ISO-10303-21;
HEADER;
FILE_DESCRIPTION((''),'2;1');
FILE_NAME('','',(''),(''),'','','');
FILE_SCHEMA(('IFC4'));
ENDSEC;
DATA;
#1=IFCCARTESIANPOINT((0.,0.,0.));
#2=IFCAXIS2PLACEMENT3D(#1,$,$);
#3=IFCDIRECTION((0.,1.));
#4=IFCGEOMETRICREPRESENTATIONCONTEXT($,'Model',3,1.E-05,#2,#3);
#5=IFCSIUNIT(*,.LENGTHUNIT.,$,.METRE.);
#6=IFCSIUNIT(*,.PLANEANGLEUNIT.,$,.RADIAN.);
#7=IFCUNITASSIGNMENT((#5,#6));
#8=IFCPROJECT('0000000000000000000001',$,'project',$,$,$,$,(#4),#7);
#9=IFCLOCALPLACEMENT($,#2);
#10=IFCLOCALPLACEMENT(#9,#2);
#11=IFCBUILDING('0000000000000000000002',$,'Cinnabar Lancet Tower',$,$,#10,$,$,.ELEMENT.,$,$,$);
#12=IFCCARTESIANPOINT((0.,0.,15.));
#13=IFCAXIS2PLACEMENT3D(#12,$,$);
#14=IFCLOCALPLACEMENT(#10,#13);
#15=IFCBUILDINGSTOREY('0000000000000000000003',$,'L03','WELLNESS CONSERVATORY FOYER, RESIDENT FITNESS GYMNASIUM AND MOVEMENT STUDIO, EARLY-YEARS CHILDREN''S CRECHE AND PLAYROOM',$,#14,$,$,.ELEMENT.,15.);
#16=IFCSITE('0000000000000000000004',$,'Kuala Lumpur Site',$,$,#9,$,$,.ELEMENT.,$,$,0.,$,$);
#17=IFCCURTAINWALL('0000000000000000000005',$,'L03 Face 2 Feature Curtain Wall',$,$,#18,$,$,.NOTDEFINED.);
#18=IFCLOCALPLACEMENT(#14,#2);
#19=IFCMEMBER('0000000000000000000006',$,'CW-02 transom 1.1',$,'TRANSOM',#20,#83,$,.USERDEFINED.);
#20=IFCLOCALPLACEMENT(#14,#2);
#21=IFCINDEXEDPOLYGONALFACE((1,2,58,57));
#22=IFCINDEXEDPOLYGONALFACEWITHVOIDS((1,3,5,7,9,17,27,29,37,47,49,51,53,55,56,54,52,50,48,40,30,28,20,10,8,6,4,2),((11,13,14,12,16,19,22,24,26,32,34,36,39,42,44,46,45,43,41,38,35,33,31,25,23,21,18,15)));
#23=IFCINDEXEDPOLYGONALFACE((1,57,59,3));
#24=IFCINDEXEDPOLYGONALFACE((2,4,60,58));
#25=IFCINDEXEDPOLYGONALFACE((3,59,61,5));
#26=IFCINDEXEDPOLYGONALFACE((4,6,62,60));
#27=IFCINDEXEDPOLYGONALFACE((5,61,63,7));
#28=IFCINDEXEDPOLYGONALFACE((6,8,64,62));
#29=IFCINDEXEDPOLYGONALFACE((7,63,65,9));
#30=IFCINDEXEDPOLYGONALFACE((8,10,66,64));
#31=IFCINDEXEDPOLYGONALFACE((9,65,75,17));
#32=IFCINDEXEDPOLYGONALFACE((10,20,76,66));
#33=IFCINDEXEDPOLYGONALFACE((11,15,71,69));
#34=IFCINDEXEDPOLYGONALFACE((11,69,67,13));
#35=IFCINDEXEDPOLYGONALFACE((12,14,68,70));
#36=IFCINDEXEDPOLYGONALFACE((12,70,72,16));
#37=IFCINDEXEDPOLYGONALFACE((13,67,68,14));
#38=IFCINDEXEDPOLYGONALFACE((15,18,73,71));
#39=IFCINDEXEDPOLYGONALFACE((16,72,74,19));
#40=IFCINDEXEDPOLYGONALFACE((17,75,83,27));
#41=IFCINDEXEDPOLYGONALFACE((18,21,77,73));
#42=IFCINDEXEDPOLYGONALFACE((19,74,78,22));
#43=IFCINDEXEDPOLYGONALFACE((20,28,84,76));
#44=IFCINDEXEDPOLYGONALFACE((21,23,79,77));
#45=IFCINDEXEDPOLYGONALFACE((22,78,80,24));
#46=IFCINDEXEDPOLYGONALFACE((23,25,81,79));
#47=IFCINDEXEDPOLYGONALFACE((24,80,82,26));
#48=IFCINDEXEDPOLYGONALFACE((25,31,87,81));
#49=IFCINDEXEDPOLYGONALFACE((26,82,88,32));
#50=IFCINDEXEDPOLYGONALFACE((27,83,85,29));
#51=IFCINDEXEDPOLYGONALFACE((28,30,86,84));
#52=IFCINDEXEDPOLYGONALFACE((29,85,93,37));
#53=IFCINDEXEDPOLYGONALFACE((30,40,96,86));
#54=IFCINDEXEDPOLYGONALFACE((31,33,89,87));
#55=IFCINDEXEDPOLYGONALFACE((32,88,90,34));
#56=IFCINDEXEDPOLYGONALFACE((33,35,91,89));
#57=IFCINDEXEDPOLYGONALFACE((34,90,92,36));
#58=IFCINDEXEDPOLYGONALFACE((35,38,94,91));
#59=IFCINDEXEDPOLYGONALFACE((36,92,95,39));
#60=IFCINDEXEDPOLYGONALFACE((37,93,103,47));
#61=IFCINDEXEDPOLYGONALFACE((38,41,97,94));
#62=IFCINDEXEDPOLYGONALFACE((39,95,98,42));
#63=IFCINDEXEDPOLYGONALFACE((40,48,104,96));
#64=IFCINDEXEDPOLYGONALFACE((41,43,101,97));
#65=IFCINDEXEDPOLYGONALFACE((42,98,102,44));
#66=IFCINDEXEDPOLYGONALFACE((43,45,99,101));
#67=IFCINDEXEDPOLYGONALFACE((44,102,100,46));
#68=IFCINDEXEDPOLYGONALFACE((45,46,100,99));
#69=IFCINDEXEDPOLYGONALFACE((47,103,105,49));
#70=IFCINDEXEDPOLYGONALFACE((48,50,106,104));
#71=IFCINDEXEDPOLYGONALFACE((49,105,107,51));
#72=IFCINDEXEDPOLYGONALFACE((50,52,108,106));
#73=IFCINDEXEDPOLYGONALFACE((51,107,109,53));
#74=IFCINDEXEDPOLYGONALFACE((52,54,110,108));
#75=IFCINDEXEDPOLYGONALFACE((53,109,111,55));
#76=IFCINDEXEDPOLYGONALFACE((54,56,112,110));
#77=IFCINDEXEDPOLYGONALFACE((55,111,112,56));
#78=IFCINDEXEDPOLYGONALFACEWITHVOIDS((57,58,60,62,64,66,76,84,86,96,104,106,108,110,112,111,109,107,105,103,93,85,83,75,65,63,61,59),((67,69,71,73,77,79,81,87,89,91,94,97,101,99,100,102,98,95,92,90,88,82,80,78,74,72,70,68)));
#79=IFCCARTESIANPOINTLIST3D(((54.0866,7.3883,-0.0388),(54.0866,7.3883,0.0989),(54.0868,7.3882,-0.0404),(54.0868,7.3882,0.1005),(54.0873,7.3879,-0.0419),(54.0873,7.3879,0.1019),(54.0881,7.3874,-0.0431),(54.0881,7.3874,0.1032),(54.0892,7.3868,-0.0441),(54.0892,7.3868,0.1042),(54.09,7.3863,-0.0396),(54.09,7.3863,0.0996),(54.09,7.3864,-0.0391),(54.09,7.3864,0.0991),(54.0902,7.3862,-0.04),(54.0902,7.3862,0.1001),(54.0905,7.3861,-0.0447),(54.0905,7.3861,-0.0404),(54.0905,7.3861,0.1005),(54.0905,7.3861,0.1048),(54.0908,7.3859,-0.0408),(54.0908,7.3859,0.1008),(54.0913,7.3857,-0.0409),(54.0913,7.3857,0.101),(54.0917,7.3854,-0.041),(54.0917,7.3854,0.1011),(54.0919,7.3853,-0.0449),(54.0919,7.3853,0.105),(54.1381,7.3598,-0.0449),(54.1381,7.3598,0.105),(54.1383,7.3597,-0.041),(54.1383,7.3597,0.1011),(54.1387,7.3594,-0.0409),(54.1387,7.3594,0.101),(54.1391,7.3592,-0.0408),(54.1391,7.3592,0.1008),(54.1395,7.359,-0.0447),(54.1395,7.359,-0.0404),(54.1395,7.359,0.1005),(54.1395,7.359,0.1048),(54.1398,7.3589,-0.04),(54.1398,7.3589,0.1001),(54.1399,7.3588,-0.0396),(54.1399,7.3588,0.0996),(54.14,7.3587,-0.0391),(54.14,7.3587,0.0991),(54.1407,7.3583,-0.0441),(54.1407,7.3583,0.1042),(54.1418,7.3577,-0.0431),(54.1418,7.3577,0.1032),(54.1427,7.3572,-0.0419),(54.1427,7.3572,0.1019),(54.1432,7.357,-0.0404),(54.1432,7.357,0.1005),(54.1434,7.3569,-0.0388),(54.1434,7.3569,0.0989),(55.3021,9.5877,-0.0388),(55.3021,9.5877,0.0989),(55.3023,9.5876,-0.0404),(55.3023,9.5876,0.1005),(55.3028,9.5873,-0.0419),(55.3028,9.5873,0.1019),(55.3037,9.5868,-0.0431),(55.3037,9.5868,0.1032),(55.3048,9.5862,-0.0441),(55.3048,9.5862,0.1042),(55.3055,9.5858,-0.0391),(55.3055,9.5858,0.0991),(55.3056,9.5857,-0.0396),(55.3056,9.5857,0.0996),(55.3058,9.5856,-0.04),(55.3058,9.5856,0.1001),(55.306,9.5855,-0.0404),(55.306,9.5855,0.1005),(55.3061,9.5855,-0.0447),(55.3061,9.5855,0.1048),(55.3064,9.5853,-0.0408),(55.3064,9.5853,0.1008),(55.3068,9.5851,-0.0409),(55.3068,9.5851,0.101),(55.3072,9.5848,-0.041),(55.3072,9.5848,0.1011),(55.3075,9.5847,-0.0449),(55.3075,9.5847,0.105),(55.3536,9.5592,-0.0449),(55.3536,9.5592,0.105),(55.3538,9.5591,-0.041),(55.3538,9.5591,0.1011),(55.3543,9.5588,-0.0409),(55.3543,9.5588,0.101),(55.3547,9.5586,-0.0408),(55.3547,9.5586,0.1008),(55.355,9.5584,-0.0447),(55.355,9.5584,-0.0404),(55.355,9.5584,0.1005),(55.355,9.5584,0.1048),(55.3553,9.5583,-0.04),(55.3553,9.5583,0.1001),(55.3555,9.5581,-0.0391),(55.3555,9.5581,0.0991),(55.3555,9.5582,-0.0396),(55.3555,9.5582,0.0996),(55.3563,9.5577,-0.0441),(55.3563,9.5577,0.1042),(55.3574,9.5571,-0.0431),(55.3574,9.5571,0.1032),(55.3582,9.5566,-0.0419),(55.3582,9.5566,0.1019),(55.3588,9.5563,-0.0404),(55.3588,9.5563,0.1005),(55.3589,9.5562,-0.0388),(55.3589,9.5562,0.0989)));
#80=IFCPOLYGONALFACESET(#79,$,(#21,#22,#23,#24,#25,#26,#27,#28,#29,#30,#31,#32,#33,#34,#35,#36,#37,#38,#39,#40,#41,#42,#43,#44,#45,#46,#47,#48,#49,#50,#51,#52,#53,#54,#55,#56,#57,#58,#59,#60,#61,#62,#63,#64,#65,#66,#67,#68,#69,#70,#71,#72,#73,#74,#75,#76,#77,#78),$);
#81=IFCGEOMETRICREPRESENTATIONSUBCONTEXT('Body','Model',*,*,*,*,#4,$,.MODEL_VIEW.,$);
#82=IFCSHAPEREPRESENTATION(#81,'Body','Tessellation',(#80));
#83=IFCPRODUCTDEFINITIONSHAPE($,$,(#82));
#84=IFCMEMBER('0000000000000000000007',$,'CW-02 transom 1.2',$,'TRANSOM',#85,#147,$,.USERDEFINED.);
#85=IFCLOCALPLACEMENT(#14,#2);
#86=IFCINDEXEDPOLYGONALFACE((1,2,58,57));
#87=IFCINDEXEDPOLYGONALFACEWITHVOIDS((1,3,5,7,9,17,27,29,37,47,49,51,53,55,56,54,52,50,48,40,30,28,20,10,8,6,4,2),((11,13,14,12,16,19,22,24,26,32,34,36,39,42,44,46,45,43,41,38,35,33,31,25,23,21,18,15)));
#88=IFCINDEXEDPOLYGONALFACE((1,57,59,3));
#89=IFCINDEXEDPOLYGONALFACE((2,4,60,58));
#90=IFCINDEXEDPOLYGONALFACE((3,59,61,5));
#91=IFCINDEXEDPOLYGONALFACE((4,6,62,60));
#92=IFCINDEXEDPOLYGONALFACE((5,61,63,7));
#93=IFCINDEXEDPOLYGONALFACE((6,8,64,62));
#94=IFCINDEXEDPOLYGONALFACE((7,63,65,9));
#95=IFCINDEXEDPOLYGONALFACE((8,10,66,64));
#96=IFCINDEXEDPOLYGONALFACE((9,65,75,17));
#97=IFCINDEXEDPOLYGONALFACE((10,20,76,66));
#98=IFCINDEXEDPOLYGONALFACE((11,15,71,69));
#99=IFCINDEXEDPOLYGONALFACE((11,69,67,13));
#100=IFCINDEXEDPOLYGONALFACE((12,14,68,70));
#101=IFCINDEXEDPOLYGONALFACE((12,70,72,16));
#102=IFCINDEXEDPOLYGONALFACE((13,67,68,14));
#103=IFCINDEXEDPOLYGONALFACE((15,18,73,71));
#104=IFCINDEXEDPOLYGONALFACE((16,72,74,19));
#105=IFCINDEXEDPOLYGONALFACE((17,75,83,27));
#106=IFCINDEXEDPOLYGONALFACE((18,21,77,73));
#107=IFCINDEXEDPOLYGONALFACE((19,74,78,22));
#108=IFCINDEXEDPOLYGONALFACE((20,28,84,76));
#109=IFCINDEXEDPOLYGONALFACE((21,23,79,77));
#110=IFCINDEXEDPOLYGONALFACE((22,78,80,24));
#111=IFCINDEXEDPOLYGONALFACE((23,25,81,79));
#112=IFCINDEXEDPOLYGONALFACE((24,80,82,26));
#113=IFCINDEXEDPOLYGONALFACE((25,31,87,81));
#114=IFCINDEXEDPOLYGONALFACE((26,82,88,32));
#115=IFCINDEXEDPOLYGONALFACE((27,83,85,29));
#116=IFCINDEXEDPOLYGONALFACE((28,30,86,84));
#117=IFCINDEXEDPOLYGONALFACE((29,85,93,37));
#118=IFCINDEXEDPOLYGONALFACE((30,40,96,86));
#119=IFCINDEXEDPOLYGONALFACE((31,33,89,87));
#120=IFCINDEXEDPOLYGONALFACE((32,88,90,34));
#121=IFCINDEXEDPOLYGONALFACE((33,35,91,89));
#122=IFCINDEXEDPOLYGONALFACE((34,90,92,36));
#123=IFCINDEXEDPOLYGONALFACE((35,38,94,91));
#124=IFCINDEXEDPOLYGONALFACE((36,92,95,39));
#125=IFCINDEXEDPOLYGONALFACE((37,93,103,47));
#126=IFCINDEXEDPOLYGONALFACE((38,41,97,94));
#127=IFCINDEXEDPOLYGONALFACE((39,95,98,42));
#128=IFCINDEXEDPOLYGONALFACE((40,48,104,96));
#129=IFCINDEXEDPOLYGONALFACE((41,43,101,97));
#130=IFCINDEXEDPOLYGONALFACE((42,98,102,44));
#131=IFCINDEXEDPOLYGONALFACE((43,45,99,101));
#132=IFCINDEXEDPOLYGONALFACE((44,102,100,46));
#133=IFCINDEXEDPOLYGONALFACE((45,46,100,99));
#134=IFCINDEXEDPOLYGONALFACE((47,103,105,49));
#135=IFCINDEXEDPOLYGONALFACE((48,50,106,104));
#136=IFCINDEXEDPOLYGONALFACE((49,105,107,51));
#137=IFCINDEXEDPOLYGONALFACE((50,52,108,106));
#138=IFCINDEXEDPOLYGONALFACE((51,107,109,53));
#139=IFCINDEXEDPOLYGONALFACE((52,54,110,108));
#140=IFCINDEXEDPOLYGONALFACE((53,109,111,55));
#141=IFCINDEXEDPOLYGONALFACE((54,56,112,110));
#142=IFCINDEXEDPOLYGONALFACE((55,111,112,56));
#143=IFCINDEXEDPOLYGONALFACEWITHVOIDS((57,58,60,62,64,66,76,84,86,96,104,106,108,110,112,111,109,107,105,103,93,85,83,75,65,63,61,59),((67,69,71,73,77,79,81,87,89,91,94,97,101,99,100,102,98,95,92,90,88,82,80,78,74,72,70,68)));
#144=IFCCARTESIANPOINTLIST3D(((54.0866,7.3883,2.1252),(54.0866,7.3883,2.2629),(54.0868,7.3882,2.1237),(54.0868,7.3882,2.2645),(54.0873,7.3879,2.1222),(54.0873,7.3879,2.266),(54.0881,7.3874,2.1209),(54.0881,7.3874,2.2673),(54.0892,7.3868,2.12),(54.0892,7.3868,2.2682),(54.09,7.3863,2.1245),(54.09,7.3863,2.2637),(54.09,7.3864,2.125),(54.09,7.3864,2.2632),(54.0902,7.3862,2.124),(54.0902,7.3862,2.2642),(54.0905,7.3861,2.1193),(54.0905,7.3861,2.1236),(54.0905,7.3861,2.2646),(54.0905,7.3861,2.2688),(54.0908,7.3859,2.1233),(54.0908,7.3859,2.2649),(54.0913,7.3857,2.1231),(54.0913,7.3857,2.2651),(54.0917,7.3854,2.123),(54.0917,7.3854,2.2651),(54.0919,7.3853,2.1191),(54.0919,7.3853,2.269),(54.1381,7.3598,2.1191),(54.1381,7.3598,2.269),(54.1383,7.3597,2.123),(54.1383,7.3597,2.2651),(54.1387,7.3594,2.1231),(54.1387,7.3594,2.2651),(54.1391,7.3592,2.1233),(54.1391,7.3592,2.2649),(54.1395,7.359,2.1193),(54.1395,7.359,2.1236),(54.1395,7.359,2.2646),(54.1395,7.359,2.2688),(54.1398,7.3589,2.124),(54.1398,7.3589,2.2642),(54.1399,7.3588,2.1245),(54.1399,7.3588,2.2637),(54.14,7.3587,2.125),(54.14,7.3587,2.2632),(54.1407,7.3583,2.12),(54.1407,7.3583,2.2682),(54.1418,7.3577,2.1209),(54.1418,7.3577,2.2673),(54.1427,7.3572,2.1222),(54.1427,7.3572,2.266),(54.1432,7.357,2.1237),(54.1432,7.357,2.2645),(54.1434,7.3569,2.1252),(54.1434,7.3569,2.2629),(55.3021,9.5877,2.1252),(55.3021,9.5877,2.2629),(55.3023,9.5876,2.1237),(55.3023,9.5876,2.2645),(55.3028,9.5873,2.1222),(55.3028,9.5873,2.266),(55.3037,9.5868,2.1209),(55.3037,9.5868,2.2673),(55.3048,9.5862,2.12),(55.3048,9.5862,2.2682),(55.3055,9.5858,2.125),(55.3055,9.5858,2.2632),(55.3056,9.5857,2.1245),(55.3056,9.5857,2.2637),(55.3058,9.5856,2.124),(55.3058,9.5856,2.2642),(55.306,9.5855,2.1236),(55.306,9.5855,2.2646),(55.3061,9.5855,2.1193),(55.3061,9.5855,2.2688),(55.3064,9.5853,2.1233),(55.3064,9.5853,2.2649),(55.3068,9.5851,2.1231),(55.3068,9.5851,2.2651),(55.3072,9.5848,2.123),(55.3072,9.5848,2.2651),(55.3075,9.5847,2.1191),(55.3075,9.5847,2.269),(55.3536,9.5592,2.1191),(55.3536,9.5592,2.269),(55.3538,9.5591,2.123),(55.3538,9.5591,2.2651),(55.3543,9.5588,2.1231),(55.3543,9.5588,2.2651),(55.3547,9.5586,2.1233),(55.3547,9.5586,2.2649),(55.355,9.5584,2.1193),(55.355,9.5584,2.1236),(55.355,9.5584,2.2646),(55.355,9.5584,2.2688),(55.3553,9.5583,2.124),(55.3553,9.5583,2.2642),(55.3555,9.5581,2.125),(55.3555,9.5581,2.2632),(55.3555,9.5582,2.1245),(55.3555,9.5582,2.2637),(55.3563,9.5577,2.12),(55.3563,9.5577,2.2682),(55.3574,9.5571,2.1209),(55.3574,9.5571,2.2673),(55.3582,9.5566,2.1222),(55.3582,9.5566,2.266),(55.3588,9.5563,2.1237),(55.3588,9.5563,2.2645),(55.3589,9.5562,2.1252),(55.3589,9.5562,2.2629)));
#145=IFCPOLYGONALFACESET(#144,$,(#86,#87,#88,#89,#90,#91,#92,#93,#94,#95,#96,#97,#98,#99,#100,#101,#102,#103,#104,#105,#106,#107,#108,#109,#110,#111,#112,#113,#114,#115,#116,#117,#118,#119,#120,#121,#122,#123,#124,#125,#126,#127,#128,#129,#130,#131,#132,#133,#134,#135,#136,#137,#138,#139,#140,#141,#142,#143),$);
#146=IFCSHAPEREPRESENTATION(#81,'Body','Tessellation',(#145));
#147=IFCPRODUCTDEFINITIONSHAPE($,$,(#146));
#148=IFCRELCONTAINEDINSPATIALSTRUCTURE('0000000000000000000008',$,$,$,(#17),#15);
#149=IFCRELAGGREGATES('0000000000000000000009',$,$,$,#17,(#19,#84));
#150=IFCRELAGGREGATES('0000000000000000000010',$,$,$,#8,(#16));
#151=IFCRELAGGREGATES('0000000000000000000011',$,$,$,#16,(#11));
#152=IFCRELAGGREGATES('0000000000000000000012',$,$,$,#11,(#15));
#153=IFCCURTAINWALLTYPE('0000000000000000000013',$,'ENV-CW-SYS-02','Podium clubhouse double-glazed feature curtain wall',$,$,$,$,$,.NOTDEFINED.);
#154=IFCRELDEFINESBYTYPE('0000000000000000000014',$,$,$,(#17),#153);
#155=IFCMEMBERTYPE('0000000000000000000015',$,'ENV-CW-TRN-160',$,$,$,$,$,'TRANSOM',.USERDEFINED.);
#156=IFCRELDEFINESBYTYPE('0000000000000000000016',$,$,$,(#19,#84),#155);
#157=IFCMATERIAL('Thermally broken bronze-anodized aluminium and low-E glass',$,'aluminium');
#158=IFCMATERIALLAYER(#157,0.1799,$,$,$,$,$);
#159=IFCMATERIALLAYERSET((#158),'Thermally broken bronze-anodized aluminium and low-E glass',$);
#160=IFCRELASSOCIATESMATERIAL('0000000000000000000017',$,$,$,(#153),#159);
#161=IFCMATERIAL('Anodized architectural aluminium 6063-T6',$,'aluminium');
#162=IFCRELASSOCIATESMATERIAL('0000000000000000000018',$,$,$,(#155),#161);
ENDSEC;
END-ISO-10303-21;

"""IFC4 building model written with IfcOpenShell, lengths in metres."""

from ifc_helpers import new_model, si_unit, direction, frame, origin, origin_2d, place, context, subcontext, project, spatial, hollow_rectangle, extrude, material, layer, layer_set, material_profile, profile_set, type_object, element, aggregate, save


model = new_model("IFC4")

# Units and contexts
model_context = context("Model", 3, precision=1e-05, world=origin(), true_north=direction((0.0, 1.0)))
body_context = subcontext(model_context, "Body", "Model", "MODEL_VIEW")
ifc_project = project(units=[si_unit("LENGTHUNIT", "METRE"), si_unit("PLANEANGLEUNIT", "RADIAN")], contexts=[model_context])

# Site, building, storey
site_placement = place(None, origin())
site = spatial("IfcSite", under=ifc_project, at=site_placement, Name="Kuala Lumpur Site", CompositionType="ELEMENT", RefElevation=0.0)
building_placement = place(site_placement, origin())
building = spatial("IfcBuilding", under=site, at=building_placement, Name="Cinnabar Lancet Tower", CompositionType="ELEMENT")
storey_placement = place(building_placement, frame((0.0, 0.0, 15.0)))
storey = spatial("IfcBuildingStorey", under=building, at=storey_placement, Name="L03", Description="WELLNESS CONSERVATORY FOYER, RESIDENT FITNESS GYMNASIUM AND MOVEMENT STUDIO, EARLY-YEARS CHILDREN'S CRECHE AND PLAYROOM", CompositionType="ELEMENT", Elevation=15.0)

# Curtain wall, members
ifc_material_1 = material(Name="Thermally broken bronze-anodized aluminium and low-E glass", Category="aluminium")
ifc_layer_1 = layer(ifc_material_1, 0.1799)
ifc_layer_set_1 = layer_set([ifc_layer_1], Name="Thermally broken bronze-anodized aluminium and low-E glass")
curtain_wall_type = type_object("IfcCurtainWallType", Name="ENV-CW-SYS-02", Description="Podium clubhouse double-glazed feature curtain wall", PredefinedType="NOTDEFINED", material=ifc_layer_set_1)
curtain_wall_placement = place(storey_placement, origin())
curtain_wall = element("IfcCurtainWall", 1, at=curtain_wall_placement, inside=storey, type_object=curtain_wall_type, Name="L03 Face 2 Feature Curtain Wall", PredefinedType="NOTDEFINED")
ifc_material_2 = material(Name="Anodized architectural aluminium 6063-T6", Category="aluminium")
ifc_material_profile_1 = material_profile(ifc_material_2, hollow_rectangle(XDim=0.0649, YDim=0.1499, WallThickness=0.0039, InnerFilletRadius=0.002, OuterFilletRadius=0.0061, at=origin_2d()), Name="CW-TRN 150x65x4")
ifc_profile_set_1 = profile_set([ifc_material_profile_1], Name="Anodized architectural aluminium 6063-T6")
member_type_1 = type_object("IfcMemberType", Name="ENV-CW-TRN-160", ElementType="TRANSOM", PredefinedType="USERDEFINED", material=ifc_profile_set_1)
member_1_placement = place(storey_placement, frame((54.115, 7.3726, 0.03), z_axis=(0.483712, 0.875227, 0.0), x_axis=(-0.875227, 0.483712, 0.0)))
member_1 = element("IfcMember", 2, at=member_1_placement, type_object=member_type_1, Name="CW-02 transom 1.1", ObjectType="TRANSOM", PredefinedType="USERDEFINED", context=body_context, shape_type="SweptSolid", body=[
    extrude(hollow_rectangle(XDim=0.0649, YDim=0.1499, WallThickness=0.0039, InnerFilletRadius=0.002, OuterFilletRadius=0.0061, at=origin_2d()), origin(), (0.0, 0.0, 1.0), 2.5129),
])
member_2_placement = place(storey_placement, frame((54.115, 7.3726, 2.1941), z_axis=(0.483712, 0.875227, 0.0), x_axis=(-0.875227, 0.483712, 0.0)))
member_2 = element("IfcMember", 3, at=member_2_placement, type_object=member_type_1, Name="CW-02 transom 1.2", ObjectType="TRANSOM", PredefinedType="USERDEFINED", context=body_context, shape_type="SweptSolid", body=[
    extrude(hollow_rectangle(XDim=0.0649, YDim=0.1499, WallThickness=0.0039, InnerFilletRadius=0.002, OuterFilletRadius=0.0061, at=origin_2d()), origin(), (0.0, 0.0, 1.0), 2.5129),
])
aggregate(curtain_wall, [member_1, member_2])

save(model, "model.ifc")
